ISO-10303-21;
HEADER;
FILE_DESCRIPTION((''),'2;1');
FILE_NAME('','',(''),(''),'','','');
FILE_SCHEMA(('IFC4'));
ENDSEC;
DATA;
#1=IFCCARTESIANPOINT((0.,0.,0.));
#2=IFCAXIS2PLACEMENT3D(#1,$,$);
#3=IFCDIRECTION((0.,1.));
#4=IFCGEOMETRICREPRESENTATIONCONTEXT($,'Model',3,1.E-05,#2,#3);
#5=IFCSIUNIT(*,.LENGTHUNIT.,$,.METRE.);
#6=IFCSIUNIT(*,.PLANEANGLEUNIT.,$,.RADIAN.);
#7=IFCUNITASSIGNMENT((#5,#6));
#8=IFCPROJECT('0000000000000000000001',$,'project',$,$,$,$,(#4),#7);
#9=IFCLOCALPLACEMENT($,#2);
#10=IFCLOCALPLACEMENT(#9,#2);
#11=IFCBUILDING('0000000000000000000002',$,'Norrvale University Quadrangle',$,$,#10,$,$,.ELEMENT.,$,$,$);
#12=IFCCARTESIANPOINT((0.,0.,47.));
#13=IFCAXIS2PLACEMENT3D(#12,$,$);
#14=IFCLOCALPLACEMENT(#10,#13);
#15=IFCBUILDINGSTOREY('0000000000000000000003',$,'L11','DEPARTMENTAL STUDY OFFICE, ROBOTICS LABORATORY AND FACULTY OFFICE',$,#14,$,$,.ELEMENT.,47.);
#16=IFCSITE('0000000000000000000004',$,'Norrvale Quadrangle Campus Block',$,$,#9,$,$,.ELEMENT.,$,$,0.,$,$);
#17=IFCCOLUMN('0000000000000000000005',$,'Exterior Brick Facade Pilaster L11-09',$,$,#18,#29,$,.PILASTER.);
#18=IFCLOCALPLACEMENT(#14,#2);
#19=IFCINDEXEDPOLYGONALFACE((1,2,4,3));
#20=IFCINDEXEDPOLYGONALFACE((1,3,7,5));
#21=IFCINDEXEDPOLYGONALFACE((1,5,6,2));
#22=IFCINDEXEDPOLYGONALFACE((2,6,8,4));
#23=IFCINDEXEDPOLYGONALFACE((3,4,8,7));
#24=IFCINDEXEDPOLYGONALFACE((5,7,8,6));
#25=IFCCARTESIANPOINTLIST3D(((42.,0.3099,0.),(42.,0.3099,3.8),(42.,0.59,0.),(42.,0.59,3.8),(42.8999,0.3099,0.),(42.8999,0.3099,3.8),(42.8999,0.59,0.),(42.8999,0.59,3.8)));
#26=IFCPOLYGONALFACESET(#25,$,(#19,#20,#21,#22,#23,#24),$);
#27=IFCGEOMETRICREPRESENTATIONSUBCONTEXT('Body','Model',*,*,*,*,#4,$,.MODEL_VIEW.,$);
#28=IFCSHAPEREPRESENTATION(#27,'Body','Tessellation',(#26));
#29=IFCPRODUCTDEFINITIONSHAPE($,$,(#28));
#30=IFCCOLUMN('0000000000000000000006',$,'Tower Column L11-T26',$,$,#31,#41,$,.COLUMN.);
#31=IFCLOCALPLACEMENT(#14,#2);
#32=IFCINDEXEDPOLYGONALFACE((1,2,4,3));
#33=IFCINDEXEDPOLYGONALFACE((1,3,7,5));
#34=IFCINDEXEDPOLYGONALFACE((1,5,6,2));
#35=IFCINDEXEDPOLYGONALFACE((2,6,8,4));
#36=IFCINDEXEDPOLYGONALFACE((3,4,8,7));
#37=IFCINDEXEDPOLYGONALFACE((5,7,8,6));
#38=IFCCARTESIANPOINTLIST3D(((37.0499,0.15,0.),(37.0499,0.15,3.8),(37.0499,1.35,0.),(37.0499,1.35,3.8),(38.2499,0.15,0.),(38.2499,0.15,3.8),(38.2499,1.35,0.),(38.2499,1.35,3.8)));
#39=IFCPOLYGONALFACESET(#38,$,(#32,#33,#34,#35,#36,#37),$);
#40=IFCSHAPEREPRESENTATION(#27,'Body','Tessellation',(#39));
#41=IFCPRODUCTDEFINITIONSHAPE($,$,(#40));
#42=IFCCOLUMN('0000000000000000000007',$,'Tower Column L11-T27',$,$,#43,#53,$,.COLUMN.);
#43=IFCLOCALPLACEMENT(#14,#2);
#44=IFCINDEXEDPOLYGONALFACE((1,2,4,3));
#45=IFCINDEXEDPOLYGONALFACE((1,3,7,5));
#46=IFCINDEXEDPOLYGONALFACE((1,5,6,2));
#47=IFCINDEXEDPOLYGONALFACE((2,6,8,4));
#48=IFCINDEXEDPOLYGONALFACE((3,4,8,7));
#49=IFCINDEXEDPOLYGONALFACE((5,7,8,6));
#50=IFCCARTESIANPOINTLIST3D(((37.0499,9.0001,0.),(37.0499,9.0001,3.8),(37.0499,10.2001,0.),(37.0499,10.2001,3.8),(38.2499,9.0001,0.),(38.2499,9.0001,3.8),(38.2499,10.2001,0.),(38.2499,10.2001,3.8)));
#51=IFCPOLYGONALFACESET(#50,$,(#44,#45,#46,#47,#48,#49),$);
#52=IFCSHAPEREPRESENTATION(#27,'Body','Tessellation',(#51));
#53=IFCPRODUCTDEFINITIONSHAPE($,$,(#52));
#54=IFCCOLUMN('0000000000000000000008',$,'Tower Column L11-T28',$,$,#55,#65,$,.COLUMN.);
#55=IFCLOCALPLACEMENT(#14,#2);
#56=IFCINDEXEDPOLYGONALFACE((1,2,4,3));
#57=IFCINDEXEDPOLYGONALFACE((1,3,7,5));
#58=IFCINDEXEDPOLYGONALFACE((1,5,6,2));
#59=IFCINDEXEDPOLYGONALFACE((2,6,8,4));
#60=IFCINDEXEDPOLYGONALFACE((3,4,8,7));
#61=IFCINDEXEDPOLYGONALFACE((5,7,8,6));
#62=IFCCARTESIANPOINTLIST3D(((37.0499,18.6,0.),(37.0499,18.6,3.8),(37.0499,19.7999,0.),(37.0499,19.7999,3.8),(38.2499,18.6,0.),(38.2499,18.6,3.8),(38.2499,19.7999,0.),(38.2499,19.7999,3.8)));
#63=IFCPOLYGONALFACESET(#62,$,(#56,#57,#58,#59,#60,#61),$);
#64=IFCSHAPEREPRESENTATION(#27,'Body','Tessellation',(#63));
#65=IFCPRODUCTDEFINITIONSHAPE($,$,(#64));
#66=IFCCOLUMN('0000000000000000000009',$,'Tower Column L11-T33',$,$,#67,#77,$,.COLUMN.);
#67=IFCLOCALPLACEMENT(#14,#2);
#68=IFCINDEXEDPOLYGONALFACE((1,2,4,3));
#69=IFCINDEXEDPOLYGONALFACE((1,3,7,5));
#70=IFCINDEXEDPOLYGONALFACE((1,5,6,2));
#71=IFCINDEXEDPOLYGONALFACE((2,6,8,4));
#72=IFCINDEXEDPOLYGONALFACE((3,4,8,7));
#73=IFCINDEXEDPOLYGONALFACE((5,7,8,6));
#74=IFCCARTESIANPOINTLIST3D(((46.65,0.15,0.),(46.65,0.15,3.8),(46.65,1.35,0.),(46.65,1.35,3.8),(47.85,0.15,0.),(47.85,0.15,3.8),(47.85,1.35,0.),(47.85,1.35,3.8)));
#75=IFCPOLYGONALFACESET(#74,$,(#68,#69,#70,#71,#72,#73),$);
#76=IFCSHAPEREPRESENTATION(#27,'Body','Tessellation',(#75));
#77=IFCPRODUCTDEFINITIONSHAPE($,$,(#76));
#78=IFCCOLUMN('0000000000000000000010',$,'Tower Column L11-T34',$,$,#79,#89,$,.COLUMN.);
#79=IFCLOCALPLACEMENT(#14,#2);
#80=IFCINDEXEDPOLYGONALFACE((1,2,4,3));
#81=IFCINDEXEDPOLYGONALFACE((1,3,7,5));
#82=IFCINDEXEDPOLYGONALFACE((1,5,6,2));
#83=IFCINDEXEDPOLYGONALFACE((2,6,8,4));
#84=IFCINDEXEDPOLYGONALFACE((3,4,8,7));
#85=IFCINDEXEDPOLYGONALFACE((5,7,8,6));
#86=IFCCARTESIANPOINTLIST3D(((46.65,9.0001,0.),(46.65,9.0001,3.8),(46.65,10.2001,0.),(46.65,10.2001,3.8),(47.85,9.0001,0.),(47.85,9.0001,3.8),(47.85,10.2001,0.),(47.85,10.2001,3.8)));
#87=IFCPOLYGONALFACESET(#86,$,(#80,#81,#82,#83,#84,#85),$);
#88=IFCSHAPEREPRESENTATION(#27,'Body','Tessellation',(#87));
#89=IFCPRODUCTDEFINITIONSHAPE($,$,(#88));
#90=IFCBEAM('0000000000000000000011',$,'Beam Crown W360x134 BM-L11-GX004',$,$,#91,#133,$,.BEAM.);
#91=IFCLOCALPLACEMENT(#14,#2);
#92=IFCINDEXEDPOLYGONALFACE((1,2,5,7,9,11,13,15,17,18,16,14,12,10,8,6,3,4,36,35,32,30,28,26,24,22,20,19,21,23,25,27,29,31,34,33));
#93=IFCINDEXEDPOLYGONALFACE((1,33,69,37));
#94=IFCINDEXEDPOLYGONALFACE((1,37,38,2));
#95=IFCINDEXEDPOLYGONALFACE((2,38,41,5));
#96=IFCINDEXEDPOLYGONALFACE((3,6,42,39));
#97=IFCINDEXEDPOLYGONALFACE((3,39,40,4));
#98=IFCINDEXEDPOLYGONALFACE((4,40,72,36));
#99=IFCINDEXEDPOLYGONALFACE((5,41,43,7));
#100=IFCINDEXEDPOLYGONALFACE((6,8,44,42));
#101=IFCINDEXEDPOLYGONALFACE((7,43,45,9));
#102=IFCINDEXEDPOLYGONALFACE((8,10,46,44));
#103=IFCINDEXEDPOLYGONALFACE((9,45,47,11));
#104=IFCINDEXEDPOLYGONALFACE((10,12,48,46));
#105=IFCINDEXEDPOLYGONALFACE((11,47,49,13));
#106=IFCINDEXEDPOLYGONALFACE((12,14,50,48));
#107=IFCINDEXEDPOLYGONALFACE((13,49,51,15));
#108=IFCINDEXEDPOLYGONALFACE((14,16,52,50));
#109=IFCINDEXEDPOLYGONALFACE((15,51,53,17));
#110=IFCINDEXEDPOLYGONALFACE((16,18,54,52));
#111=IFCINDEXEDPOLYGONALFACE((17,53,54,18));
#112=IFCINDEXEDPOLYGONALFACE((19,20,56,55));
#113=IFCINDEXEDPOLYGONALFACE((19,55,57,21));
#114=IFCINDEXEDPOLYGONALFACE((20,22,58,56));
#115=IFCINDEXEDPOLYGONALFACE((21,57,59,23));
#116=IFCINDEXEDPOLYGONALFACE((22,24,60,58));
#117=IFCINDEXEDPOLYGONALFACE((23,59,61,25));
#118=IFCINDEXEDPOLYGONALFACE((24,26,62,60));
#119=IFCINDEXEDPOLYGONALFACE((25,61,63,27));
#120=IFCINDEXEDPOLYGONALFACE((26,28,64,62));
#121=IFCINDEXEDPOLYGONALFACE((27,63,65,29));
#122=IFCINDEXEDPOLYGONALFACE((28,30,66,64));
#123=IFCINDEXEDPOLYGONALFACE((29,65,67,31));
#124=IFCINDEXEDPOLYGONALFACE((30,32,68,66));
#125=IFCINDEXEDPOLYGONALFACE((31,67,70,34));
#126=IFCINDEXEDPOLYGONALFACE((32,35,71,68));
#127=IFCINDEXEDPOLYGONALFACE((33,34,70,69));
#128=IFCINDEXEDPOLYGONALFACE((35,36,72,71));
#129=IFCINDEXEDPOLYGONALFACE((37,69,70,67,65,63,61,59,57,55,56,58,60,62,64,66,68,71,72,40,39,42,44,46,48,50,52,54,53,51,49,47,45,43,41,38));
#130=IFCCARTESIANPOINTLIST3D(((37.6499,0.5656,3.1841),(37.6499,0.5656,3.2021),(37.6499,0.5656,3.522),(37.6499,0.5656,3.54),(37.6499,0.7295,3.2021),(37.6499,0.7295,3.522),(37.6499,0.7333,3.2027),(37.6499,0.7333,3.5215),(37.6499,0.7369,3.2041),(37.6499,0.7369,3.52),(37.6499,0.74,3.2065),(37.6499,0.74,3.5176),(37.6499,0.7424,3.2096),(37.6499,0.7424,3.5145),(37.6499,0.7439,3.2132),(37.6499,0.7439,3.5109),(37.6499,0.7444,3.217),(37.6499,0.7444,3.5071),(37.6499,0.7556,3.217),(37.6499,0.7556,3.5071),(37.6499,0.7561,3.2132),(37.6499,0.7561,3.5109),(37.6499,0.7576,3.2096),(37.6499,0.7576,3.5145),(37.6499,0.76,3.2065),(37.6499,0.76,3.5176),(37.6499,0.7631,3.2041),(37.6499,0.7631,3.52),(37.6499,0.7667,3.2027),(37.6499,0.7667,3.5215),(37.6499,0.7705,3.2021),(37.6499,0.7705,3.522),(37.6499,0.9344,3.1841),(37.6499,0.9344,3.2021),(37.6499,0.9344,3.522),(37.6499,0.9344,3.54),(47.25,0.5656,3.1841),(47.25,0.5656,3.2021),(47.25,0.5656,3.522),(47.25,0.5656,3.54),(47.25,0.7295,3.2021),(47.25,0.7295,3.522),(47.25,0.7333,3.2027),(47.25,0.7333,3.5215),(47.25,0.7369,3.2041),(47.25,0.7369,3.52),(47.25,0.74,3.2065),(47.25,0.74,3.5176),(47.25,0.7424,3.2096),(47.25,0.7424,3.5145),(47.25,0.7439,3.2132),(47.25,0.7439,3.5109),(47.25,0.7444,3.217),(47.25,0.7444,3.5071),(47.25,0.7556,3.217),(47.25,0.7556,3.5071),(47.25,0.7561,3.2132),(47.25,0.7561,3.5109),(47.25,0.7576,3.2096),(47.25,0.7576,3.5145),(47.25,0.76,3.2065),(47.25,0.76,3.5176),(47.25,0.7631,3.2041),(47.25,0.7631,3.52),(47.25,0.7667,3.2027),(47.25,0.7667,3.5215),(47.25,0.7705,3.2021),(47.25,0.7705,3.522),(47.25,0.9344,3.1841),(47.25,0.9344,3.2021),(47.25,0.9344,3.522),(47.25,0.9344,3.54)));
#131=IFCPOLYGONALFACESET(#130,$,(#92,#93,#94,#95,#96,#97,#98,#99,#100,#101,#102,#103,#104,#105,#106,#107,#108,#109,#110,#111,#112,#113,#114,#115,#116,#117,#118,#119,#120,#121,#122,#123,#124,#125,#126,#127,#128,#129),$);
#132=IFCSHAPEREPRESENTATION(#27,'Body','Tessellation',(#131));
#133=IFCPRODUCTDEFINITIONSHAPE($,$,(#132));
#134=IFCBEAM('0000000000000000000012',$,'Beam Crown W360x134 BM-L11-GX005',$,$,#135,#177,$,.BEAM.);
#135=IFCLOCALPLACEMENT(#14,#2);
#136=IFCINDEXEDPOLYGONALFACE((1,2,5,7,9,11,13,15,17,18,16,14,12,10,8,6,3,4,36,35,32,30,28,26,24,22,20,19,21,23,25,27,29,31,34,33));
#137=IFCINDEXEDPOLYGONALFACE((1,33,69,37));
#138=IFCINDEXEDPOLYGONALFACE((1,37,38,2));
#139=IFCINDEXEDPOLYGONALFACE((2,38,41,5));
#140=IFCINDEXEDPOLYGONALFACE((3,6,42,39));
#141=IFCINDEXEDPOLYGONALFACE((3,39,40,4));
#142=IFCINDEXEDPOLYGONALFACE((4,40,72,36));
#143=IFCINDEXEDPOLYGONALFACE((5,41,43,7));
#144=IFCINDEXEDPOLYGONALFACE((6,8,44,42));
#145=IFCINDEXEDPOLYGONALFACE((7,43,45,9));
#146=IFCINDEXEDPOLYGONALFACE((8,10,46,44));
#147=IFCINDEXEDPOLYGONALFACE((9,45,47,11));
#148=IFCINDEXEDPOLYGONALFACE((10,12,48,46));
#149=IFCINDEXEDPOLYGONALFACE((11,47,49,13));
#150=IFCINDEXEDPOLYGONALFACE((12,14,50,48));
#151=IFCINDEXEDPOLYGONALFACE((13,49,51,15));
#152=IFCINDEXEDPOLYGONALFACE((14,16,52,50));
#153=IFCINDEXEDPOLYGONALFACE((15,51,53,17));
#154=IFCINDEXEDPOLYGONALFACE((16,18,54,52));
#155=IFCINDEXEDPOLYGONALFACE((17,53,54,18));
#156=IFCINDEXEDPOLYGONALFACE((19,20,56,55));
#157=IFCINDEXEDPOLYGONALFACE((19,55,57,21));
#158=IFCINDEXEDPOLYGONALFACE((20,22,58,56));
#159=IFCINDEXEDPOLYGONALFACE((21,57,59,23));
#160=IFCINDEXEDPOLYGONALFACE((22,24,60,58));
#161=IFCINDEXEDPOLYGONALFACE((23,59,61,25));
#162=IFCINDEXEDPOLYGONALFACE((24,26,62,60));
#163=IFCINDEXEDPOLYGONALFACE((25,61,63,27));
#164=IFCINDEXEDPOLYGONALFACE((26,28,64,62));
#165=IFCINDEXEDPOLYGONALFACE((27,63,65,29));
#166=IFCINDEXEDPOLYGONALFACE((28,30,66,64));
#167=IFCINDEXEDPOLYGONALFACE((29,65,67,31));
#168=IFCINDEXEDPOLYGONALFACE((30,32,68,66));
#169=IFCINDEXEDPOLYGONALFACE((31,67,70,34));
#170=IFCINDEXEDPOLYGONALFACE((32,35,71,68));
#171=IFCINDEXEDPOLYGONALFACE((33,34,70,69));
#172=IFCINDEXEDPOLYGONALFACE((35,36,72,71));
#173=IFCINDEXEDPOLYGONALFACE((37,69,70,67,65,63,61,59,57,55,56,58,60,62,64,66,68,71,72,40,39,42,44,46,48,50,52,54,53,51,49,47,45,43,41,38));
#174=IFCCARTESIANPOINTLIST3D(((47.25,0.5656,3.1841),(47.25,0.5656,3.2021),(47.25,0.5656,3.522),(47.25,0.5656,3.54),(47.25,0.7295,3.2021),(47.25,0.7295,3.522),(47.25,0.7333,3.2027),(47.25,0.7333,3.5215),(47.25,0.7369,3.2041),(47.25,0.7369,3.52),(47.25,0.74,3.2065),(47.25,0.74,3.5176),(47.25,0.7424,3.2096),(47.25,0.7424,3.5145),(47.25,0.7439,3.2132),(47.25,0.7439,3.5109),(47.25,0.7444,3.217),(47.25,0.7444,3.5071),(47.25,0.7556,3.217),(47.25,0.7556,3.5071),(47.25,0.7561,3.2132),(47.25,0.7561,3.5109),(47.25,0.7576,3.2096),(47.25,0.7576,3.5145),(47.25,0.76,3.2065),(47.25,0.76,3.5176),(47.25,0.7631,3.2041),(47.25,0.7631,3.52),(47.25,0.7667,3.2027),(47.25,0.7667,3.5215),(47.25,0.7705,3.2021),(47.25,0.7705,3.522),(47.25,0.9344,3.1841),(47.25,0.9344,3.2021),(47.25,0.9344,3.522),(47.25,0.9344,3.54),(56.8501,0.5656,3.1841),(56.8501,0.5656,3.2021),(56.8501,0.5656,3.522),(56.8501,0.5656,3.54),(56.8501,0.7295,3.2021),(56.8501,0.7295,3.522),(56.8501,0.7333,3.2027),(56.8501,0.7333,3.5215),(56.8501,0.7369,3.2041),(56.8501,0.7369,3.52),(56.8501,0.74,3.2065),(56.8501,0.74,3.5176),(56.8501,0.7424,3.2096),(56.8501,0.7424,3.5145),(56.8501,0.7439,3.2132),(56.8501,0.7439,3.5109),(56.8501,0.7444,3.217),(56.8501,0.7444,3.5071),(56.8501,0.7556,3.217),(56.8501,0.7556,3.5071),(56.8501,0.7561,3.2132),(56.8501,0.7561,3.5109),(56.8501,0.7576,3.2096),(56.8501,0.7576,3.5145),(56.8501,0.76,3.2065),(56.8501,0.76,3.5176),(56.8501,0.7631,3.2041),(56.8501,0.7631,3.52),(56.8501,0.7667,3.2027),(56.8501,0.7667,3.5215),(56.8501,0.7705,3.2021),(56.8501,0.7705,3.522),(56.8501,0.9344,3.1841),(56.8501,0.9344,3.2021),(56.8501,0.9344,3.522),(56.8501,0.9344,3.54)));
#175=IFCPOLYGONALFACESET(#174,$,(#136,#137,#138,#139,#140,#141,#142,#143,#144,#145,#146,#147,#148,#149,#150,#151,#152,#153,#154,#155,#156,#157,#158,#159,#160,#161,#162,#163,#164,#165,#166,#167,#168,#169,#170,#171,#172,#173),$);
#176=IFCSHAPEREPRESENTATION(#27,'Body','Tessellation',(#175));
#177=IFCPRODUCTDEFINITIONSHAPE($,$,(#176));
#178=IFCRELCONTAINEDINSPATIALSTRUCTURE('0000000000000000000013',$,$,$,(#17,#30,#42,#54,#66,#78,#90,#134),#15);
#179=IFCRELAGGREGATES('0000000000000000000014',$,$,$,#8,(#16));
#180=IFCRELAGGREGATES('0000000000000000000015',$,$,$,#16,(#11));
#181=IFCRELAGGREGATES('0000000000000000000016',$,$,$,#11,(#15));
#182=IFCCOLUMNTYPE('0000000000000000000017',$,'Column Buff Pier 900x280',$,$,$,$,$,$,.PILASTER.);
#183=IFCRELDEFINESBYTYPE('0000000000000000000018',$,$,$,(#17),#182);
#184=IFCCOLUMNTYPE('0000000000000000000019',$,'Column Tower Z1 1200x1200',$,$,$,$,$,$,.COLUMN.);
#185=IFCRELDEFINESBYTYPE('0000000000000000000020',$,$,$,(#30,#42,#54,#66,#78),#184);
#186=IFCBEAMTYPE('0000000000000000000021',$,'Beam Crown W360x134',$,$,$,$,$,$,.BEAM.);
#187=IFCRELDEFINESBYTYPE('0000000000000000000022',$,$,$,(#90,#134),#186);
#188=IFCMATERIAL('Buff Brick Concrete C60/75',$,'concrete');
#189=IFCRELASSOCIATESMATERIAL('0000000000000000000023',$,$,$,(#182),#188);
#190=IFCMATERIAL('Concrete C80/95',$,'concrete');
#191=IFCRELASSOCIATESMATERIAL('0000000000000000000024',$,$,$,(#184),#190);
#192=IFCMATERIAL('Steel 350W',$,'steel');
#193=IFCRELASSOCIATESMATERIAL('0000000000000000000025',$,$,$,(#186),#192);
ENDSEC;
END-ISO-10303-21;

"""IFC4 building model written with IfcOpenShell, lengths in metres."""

from ifc_helpers import new_model, si_unit, direction, frame, origin, origin_2d, place, context, subcontext, project, spatial, rectangle, i_section, extrude, material, material_profile, profile_set, type_object, element, save


model = new_model("IFC4")

# Units and contexts
model_context = context("Model", 3, precision=1e-05, world=origin(), true_north=direction((0.0, 1.0)))
body_context = subcontext(model_context, "Body", "Model", "MODEL_VIEW")
ifc_project = project(units=[si_unit("LENGTHUNIT", "METRE"), si_unit("PLANEANGLEUNIT", "RADIAN")], contexts=[model_context])

# Site, building, storey
site_placement = place(None, origin())
site = spatial("IfcSite", under=ifc_project, at=site_placement, Name="Norrvale Quadrangle Campus Block", CompositionType="ELEMENT", RefElevation=0.0)
building_placement = place(site_placement, origin())
building = spatial("IfcBuilding", under=site, at=building_placement, Name="Norrvale University Quadrangle", CompositionType="ELEMENT")
storey_placement = place(building_placement, frame((0.0, 0.0, 47.0)))
storey = spatial("IfcBuildingStorey", under=building, at=storey_placement, Name="L11", Description="DEPARTMENTAL STUDY OFFICE, ROBOTICS LABORATORY AND FACULTY OFFICE", CompositionType="ELEMENT", Elevation=47.0)

# Columns
ifc_material_1 = material(Name="Buff Brick Concrete C60/75", Category="concrete")
ifc_material_profile_1 = material_profile(ifc_material_1, rectangle(XDim=0.8999, YDim=0.28, at=origin_2d()), Name="Buff Brick Concrete C60/75")
ifc_profile_set_1 = profile_set([ifc_material_profile_1], Name="Buff Brick Concrete C60/75")
column_type_1 = type_object("IfcColumnType", Name="Column Buff Pier 900x280", PredefinedType="PILASTER", material=ifc_profile_set_1)
column_placement = place(storey_placement, frame((42.45, 0.45, 0.0), z_axis=(0.0, 0.0, 1.0), x_axis=(1.0, 0.0, 0.0)))
element("IfcColumn", 1, at=column_placement, inside=storey, type_object=column_type_1, Name="Exterior Brick Facade Pilaster L11-09", PredefinedType="PILASTER", context=body_context, shape_type="SweptSolid", body=[
    extrude(rectangle(XDim=0.8999, YDim=0.28, at=origin_2d()), origin(), (0.0, 0.0, 1.0), 3.8),
])
ifc_material_2 = material(Name="Concrete C80/95", Category="concrete")
ifc_material_profile_2 = material_profile(ifc_material_2, rectangle(XDim=1.2, YDim=1.2, at=origin_2d()), Name="Concrete C80/95")
ifc_profile_set_2 = profile_set([ifc_material_profile_2], Name="Concrete C80/95")
column_type_2 = type_object("IfcColumnType", Name="Column Tower Z1 1200x1200", PredefinedType="COLUMN", material=ifc_profile_set_2)
for number, where, z_axis, x_axis, name in (
    (2, (37.6499, 0.75, 0.0), (0.0, 0.0, 1.0), (1.0, 0.0, 0.0), "Tower Column L11-T26"),
    (3, (37.6499, 9.6001, 0.0), (0.0, 0.0, 1.0), (1.0, 0.0, 0.0), "Tower Column L11-T27"),
    (4, (37.6499, 19.2, 0.0), (0.0, 0.0, 1.0), (1.0, 0.0, 0.0), "Tower Column L11-T28"),
    (5, (47.25, 0.75, 0.0), (0.0, 0.0, 1.0), (1.0, 0.0, 0.0), "Tower Column L11-T33"),
    (6, (47.25, 9.6001, 0.0), (0.0, 0.0, 1.0), (1.0, 0.0, 0.0), "Tower Column L11-T34"),
):
    element("IfcColumn", number, at=place(storey_placement, frame(where, z_axis=z_axis, x_axis=x_axis)), inside=storey, type_object=column_type_2, Name=name, PredefinedType="COLUMN", context=body_context, shape_type="SweptSolid", body=[
        extrude(rectangle(XDim=1.2, YDim=1.2, at=origin_2d()), origin(), (0.0, 0.0, 1.0), 3.8),
    ])

# Beams
ifc_material_3 = material(Name="Steel 350W", Category="steel")
ifc_material_profile_3 = material_profile(ifc_material_3, i_section(OverallWidth=0.3689, OverallDepth=0.356, WebThickness=0.0112, FlangeThickness=0.0181, FilletRadius=0.0149, at=origin_2d()), Name="Steel 350W")
ifc_profile_set_3 = profile_set([ifc_material_profile_3], Name="Steel 350W")
beam_type_1 = type_object("IfcBeamType", Name="Beam Crown W360x134", PredefinedType="BEAM", material=ifc_profile_set_3)
for number, where, z_axis, x_axis, name in (
    (7, (37.6499, 0.75, 3.3621), (1.0, 0.0, 0.0), (0.0, 1.0, 0.0), "Beam Crown W360x134 BM-L11-GX004"),
    (8, (47.25, 0.75, 3.3621), (1.0, 0.0, 0.0), (0.0, 1.0, 0.0), "Beam Crown W360x134 BM-L11-GX005"),
):
    element("IfcBeam", number, at=place(storey_placement, frame(where, z_axis=z_axis, x_axis=x_axis)), inside=storey, type_object=beam_type_1, Name=name, PredefinedType="BEAM", context=body_context, shape_type="SweptSolid", body=[
        extrude(i_section(OverallWidth=0.3689, OverallDepth=0.356, WebThickness=0.0112, FlangeThickness=0.0181, FilletRadius=0.0149, at=origin_2d()), origin(), (0.0, 0.0, 1.0), 9.6001),
    ])

save(model, "model.ifc")
